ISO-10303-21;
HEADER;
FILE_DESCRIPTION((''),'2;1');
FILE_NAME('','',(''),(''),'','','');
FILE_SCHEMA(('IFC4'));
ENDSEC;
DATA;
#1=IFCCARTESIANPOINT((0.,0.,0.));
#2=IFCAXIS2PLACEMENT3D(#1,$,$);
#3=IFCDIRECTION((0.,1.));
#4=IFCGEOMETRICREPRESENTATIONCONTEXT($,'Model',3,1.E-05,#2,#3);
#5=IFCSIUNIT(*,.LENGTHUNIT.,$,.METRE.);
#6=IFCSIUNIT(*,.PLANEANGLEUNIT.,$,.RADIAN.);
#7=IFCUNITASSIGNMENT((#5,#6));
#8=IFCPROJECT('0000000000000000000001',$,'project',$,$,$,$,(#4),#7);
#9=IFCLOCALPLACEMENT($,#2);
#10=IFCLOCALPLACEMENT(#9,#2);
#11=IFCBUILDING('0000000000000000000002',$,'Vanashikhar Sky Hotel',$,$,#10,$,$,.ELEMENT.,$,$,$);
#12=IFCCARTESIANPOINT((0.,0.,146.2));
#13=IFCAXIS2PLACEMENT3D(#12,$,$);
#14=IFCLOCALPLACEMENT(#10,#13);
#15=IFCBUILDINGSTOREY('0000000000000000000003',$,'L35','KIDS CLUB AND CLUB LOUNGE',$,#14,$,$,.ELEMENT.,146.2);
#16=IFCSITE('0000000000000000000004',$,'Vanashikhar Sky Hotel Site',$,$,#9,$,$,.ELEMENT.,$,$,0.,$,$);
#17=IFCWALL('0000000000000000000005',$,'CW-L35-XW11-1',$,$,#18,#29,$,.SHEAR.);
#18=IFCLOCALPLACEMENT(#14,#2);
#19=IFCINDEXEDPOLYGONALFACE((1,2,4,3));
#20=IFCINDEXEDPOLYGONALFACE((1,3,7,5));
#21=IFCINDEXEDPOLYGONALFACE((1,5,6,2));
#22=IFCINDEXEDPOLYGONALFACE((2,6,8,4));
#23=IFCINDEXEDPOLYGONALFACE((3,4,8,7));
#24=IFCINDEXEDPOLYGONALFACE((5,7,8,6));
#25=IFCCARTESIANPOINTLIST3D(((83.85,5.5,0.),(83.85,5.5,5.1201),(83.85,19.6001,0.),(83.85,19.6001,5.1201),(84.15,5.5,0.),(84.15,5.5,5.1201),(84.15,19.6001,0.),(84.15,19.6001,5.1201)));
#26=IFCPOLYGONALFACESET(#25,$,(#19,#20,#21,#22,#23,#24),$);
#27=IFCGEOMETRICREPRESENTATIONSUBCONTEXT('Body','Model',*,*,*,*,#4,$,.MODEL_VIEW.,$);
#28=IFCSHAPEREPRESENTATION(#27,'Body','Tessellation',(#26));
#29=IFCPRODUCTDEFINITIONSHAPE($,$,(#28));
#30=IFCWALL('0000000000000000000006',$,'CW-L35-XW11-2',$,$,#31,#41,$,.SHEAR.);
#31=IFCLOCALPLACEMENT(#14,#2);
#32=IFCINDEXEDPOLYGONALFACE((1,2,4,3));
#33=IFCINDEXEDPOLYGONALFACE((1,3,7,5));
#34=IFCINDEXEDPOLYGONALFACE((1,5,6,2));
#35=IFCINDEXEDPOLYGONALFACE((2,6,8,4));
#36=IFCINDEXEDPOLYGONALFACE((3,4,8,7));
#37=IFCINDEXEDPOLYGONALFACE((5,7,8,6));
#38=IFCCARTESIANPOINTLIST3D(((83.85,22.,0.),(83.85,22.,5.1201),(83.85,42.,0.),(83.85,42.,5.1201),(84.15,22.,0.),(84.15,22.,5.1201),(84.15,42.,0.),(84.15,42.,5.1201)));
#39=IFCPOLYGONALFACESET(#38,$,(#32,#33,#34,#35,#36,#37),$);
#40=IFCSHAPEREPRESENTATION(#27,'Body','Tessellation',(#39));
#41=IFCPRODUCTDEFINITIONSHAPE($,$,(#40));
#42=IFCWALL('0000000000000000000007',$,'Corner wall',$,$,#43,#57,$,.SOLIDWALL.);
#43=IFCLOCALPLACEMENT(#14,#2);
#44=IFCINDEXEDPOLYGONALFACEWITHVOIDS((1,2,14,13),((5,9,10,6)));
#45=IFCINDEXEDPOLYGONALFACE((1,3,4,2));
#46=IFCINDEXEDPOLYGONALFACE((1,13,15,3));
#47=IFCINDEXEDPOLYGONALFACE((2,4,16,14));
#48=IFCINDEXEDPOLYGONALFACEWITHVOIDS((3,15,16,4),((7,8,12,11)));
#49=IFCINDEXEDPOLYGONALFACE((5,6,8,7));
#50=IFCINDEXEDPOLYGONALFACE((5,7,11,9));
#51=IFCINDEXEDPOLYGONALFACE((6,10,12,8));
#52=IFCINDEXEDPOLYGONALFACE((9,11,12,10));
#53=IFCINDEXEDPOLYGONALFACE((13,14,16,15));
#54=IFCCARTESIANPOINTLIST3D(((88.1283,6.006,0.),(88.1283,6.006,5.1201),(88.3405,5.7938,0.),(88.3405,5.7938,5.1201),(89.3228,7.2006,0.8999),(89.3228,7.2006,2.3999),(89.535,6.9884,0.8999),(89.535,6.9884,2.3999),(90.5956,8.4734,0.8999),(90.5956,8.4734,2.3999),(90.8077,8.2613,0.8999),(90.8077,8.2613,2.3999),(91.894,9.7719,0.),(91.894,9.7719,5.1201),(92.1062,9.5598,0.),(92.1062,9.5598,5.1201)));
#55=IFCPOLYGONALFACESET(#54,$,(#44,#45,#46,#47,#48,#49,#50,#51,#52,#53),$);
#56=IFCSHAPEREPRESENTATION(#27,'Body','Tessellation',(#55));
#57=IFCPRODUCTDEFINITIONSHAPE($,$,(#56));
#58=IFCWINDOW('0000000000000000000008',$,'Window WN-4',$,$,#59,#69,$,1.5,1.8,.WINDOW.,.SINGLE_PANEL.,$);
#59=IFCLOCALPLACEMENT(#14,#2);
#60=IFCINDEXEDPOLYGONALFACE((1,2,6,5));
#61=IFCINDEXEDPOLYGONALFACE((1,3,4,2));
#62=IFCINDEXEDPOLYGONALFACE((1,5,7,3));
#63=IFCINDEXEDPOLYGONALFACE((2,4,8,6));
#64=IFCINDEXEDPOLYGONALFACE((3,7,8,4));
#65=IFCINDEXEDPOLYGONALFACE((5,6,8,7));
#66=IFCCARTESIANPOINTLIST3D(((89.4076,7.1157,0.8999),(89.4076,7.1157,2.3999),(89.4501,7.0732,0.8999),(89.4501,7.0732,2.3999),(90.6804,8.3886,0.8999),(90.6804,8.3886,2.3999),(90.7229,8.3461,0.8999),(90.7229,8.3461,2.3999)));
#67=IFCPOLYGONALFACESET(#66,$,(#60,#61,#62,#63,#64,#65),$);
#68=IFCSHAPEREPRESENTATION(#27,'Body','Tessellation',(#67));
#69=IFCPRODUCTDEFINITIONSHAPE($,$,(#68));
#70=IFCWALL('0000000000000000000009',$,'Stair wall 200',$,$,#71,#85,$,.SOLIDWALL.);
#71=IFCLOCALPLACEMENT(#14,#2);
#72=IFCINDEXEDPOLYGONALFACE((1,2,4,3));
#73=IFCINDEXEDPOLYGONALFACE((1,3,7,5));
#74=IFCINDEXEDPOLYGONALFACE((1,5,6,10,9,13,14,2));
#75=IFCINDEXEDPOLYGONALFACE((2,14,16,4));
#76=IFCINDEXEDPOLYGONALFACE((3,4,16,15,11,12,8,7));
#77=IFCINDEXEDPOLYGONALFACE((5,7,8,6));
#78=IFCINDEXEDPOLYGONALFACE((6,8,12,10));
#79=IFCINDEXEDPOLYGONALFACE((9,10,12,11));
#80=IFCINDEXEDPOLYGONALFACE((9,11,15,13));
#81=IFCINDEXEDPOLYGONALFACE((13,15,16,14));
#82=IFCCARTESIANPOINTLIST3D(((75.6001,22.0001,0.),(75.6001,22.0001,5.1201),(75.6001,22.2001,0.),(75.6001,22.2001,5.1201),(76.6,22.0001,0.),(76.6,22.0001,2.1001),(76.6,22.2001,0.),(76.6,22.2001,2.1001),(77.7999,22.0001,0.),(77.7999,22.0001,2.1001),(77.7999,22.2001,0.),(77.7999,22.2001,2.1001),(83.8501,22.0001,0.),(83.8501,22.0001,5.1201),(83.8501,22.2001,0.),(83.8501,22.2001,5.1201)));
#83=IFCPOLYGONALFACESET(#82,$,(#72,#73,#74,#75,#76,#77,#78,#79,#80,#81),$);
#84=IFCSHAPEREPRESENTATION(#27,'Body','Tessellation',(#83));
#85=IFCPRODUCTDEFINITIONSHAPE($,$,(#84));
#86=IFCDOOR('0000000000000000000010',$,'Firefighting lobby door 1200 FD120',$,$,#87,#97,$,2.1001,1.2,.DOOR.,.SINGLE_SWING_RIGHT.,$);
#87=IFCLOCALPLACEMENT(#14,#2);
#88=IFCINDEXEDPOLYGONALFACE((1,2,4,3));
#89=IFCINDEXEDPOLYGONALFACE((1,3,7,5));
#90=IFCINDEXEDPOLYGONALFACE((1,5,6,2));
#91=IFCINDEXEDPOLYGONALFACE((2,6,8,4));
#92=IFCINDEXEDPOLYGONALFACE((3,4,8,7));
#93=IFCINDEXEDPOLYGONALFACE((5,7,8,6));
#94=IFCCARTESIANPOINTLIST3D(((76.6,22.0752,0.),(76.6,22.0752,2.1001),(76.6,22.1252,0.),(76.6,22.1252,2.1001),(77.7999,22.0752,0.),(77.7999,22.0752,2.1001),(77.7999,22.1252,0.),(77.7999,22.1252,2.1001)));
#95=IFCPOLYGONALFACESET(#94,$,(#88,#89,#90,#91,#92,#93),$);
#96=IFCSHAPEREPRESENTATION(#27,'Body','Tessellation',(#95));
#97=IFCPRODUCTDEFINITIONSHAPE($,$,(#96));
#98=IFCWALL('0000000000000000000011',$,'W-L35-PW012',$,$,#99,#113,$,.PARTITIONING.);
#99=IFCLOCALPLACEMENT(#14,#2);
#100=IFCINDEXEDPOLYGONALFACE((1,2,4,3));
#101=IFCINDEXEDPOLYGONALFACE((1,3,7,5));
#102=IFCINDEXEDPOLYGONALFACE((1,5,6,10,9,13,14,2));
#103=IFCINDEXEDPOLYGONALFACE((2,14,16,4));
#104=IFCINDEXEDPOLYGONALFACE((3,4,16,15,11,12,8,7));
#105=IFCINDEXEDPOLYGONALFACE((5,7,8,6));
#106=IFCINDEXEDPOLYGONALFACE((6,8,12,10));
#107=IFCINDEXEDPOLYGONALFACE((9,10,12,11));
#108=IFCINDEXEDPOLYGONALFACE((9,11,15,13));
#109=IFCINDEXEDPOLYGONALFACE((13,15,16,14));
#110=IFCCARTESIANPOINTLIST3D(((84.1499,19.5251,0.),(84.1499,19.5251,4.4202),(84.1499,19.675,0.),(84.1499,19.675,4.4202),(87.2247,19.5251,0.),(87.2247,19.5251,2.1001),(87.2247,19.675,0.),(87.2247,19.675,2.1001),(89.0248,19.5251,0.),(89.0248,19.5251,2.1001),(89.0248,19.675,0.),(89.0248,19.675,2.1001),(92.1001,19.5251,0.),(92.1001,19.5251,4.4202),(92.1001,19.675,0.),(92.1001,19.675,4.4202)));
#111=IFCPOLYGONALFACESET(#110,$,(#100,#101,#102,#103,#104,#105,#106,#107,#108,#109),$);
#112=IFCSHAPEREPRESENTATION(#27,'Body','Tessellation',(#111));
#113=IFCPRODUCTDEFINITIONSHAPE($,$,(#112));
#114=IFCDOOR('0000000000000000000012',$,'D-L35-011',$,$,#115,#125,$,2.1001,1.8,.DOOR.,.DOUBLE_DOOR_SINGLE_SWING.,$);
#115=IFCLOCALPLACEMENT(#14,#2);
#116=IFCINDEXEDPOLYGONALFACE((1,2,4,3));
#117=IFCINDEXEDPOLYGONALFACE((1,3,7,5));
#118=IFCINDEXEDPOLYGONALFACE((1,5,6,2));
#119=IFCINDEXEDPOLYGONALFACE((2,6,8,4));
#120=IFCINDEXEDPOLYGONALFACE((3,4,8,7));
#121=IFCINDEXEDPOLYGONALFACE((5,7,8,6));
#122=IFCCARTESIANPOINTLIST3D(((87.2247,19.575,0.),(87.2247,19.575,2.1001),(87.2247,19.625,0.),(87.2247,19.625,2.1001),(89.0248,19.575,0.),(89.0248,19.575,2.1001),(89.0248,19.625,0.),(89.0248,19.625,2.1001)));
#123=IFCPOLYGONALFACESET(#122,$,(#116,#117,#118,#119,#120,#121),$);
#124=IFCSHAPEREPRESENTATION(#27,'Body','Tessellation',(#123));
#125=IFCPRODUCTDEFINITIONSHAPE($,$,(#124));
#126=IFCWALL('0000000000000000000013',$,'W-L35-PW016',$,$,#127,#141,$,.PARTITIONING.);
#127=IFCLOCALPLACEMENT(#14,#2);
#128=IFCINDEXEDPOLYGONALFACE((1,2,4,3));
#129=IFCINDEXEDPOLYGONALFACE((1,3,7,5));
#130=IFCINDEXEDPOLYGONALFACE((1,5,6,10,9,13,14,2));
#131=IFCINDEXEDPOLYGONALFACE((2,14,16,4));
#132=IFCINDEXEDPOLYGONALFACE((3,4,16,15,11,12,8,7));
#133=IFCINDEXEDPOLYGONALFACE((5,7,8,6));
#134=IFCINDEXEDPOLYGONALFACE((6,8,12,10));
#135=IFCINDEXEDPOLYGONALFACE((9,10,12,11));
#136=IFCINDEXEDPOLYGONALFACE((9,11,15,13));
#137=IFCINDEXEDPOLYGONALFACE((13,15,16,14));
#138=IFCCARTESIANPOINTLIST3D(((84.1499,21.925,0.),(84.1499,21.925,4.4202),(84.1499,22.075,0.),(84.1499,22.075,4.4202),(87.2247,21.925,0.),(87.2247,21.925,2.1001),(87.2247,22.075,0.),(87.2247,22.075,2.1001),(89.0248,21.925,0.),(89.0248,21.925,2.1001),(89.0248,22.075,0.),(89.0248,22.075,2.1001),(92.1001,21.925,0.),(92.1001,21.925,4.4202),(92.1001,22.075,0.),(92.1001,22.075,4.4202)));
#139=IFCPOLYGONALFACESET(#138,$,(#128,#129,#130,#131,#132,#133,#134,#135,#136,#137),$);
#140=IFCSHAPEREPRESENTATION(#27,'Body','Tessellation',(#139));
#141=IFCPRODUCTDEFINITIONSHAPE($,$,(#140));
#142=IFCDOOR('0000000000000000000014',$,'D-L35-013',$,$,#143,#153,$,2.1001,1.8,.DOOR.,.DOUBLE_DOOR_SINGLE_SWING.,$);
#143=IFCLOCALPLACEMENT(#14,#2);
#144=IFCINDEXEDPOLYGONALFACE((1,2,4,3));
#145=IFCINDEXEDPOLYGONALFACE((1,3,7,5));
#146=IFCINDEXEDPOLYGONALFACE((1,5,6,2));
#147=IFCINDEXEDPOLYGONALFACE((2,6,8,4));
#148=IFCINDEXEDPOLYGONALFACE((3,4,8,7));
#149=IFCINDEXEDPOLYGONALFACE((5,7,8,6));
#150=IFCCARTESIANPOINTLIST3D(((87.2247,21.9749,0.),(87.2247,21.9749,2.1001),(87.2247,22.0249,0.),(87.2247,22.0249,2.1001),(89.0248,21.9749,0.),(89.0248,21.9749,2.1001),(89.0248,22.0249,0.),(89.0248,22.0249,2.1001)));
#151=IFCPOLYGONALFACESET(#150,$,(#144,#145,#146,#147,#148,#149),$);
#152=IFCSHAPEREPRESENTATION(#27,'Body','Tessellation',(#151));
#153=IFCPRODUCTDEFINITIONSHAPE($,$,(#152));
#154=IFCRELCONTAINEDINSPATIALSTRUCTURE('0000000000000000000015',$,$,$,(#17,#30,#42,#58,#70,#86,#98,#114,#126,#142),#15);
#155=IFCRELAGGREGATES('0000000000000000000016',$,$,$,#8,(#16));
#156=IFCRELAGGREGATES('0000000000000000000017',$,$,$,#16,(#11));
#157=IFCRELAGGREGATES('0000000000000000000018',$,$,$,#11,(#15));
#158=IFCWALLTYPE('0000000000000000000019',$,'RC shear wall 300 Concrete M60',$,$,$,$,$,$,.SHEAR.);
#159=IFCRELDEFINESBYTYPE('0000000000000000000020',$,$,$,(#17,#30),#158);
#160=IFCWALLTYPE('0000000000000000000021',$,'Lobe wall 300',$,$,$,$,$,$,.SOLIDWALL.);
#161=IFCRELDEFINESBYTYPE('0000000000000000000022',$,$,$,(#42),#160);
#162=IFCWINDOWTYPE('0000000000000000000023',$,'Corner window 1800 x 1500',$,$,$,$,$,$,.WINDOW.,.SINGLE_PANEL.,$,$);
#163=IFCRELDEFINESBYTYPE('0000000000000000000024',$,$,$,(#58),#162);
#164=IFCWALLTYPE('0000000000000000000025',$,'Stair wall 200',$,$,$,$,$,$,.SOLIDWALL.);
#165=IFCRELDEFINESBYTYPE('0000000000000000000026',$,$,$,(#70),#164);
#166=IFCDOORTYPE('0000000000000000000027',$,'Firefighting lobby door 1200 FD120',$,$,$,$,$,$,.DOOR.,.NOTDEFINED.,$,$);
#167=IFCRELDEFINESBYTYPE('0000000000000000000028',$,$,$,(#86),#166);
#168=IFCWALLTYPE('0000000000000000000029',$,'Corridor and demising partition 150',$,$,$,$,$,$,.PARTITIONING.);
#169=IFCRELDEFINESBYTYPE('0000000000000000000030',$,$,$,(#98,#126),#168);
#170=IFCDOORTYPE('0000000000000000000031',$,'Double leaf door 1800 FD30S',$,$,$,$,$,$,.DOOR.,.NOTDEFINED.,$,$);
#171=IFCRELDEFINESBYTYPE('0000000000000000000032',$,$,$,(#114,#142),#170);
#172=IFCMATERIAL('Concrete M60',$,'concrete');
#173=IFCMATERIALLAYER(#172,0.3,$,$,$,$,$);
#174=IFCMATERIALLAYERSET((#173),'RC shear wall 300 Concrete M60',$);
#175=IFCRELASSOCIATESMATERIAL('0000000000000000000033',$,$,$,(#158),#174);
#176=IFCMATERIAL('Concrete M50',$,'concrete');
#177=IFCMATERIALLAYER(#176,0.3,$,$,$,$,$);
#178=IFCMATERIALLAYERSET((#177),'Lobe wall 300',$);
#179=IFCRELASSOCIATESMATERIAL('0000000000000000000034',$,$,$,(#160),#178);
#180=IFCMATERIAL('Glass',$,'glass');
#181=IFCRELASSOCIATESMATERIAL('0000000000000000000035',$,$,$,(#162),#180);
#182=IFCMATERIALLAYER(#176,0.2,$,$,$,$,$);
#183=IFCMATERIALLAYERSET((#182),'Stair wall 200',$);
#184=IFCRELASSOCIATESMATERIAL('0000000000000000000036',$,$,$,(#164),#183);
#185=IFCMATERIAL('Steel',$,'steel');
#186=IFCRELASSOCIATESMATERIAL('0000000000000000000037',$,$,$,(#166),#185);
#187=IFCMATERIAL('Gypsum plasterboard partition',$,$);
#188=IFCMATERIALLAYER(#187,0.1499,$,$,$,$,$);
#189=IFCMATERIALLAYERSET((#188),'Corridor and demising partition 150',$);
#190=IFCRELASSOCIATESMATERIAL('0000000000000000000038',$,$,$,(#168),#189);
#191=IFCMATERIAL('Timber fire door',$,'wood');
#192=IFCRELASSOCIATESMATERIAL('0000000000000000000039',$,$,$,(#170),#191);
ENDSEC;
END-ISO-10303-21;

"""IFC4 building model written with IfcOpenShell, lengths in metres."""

from ifc_helpers import new_model, si_unit, direction, frame, frame_2d, origin, place, context, subcontext, project, spatial, rectangle, extrude, source, transform, mapped, material, layer, layer_set, type_object, element, fill, save


model = new_model("IFC4")

# Units and contexts
model_context = context("Model", 3, precision=1e-05, world=origin(), true_north=direction((0.0, 1.0)))
body_context = subcontext(model_context, "Body", "Model", "MODEL_VIEW")
ifc_project = project(units=[si_unit("LENGTHUNIT", "METRE"), si_unit("PLANEANGLEUNIT", "RADIAN")], contexts=[model_context])

# Site, building, storey
site_placement = place(None, origin())
site = spatial("IfcSite", under=ifc_project, at=site_placement, Name="Vanashikhar Sky Hotel Site", CompositionType="ELEMENT", RefElevation=0.0)
building_placement = place(site_placement, origin())
building = spatial("IfcBuilding", under=site, at=building_placement, Name="Vanashikhar Sky Hotel", CompositionType="ELEMENT")
storey_placement = place(building_placement, frame((0.0, 0.0, 146.2)))
storey = spatial("IfcBuildingStorey", under=building, at=storey_placement, Name="L35", Description="KIDS CLUB AND CLUB LOUNGE", CompositionType="ELEMENT", Elevation=146.2)

# Shared definitions
ifc_material_1 = material(Name="Concrete M50", Category="concrete")

# Shared definitions
ifc_material_2 = material(Name="Glass", Category="glass")

# Shared definitions
ifc_material_3 = material(Name="Concrete M60", Category="concrete")
ifc_layer_1 = layer(ifc_material_3, 0.3)
ifc_layer_set_1 = layer_set([ifc_layer_1], Name="RC shear wall 300 Concrete M60")
wall_type_1 = type_object("IfcWallType", Name="RC shear wall 300 Concrete M60", PredefinedType="SHEAR", material=ifc_layer_set_1)

# Walls
shared_shape_1 = source(origin(), body_context, "Body", "SweptSolid", [
    extrude(rectangle(XDim=14.1001, YDim=0.3, at=frame_2d((7.05, 0.0))), origin(), (0.0, 0.0, 1.0), 5.1201),
])
wall_1_placement = place(storey_placement, frame((84.0, 5.5, 0.0), z_axis=(0.0, 0.0, 1.0), x_axis=(0.0, 1.0, 0.0)))
element("IfcWall", 1, at=wall_1_placement, inside=storey, type_object=wall_type_1, Name="CW-L35-XW11-1", PredefinedType="SHEAR", context=body_context, shape_type="MappedRepresentation", body=[
    mapped(shared_shape_1, transform((0.0, 0.0, 0.0), scale=1.0)),
])
shared_shape_2 = source(origin(), body_context, "Body", "SweptSolid", [
    extrude(rectangle(XDim=20.0, YDim=0.3, at=frame_2d((10.0, 0.0))), origin(), (0.0, 0.0, 1.0), 5.1201),
])
wall_2_placement = place(storey_placement, frame((84.0, 22.0, 0.0), z_axis=(0.0, 0.0, 1.0), x_axis=(0.0, 1.0, 0.0)))
element("IfcWall", 2, at=wall_2_placement, inside=storey, type_object=wall_type_1, Name="CW-L35-XW11-2", PredefinedType="SHEAR", context=body_context, shape_type="MappedRepresentation", body=[
    mapped(shared_shape_2, transform((0.0, 0.0, 0.0), scale=1.0)),
])

# Wall, opening, window
ifc_layer_2 = layer(ifc_material_1, 0.3)
ifc_layer_set_2 = layer_set([ifc_layer_2], Name="Lobe wall 300")
wall_type_2 = type_object("IfcWallType", Name="Lobe wall 300", PredefinedType="SOLIDWALL", material=ifc_layer_set_2)
shared_shape_3 = source(origin(), body_context, "Body", "SweptSolid", [
    extrude(rectangle(XDim=5.3257, YDim=0.3, at=frame_2d((2.6628, 0.0))), origin(), (0.0, 0.0, 1.0), 5.1201),
])
wall_3_placement = place(storey_placement, frame((88.2344, 5.8999, 0.0), z_axis=(0.0, 0.0, 1.0), x_axis=(0.707084, 0.70713, 0.0)))
wall_3 = element("IfcWall", 3, at=wall_3_placement, inside=storey, type_object=wall_type_2, Name="Corner wall", PredefinedType="SOLIDWALL", context=body_context, shape_type="MappedRepresentation", body=[
    mapped(shared_shape_3, transform((0.0, 0.0, 0.0), scale=1.0)),
])
shared_shape_4 = source(origin(), body_context, "Body", "SweptSolid", [
    extrude(rectangle(XDim=1.8, YDim=1.5, at=frame_2d((0.8999, 0.75))), frame((0.0, 0.1602, 0.0), z_axis=(0.0, -1.0, 0.0), x_axis=(1.0, 0.0, 0.0)), (0.0, 0.0, 1.0), 0.3201),
])
opening_1_placement = place(wall_3_placement, frame((1.6895, 0.0, 0.8999)))
opening_1 = element("IfcOpeningElement", 4, at=opening_1_placement, cuts=wall_3, PredefinedType="OPENING", context=body_context, shape_type="MappedRepresentation", body=[
    mapped(shared_shape_4, transform((0.0, 0.0, 0.0), scale=1.0)),
])
window_type = type_object("IfcWindowType", Name="Corner window 1800 x 1500", PartitioningType="SINGLE_PANEL", PredefinedType="WINDOW", material=ifc_material_2)
shared_shape_5 = source(origin(), body_context, "Body", "SweptSolid", [
    extrude(rectangle(XDim=1.8, YDim=1.5, at=frame_2d((0.8999, 0.75))), frame((0.0, 0.03, 0.0), z_axis=(0.0, -1.0, 0.0), x_axis=(1.0, 0.0, 0.0)), (0.0, 0.0, 1.0), 0.0601),
])
window_placement = place(opening_1_placement, origin())
window = element("IfcWindow", 5, at=window_placement, inside=storey, type_object=window_type, Name="Window WN-4", OverallHeight=1.5, OverallWidth=1.8, PartitioningType="SINGLE_PANEL", PredefinedType="WINDOW", context=body_context, shape_type="MappedRepresentation", body=[
    mapped(shared_shape_5, transform((0.0, 0.0, 0.0), scale=1.0)),
])
fill(opening_1, window)

# Walls, openings, doors
ifc_layer_3 = layer(ifc_material_1, 0.2)
ifc_layer_set_3 = layer_set([ifc_layer_3], Name="Stair wall 200")
wall_type_3 = type_object("IfcWallType", Name="Stair wall 200", PredefinedType="SOLIDWALL", material=ifc_layer_set_3)
shared_shape_6 = source(origin(), body_context, "Body", "SweptSolid", [
    extrude(rectangle(XDim=8.25, YDim=0.2, at=frame_2d((4.125, 0.0))), origin(), (0.0, 0.0, 1.0), 5.1201),
])
wall_4_placement = place(storey_placement, frame((83.8501, 22.1001, 0.0), z_axis=(0.0, 0.0, 1.0), x_axis=(-1.0, 0.0, 0.0)))
wall_4 = element("IfcWall", 6, at=wall_4_placement, inside=storey, type_object=wall_type_3, Name="Stair wall 200", PredefinedType="SOLIDWALL", context=body_context, shape_type="MappedRepresentation", body=[
    mapped(shared_shape_6, transform((0.0, 0.0, 0.0), scale=1.0)),
])
shared_shape_7 = source(origin(), body_context, "Body", "SweptSolid", [
    extrude(rectangle(XDim=1.2, YDim=2.1001, at=frame_2d((0.6001, 1.05))), frame((0.0, 0.1099, 0.0), z_axis=(0.0, -1.0, 0.0), x_axis=(1.0, 0.0, 0.0)), (0.0, 0.0, 1.0), 0.22),
])
opening_2_placement = place(wall_4_placement, frame((6.05, 0.0, 0.0)))
opening_2 = element("IfcOpeningElement", 7, at=opening_2_placement, cuts=wall_4, PredefinedType="OPENING", context=body_context, shape_type="MappedRepresentation", body=[
    mapped(shared_shape_7, transform((0.0, 0.0, 0.0), scale=1.0)),
])
ifc_material_4 = material(Name="Steel", Category="steel")
door_type_1 = type_object("IfcDoorType", Name="Firefighting lobby door 1200 FD120", OperationType="NOTDEFINED", PredefinedType="DOOR", material=ifc_material_4)
shared_shape_8 = source(origin(), body_context, "Body", "SweptSolid", [
    extrude(rectangle(XDim=1.2, YDim=2.1001, at=frame_2d((0.6001, 1.05))), frame((0.0, 0.0249, 0.0), z_axis=(0.0, -1.0, 0.0), x_axis=(1.0, 0.0, 0.0)), (0.0, 0.0, 1.0), 0.05),
])
door_1_placement = place(opening_2_placement, origin())
door_1 = element("IfcDoor", 8, at=door_1_placement, inside=storey, type_object=door_type_1, Name="Firefighting lobby door 1200 FD120", OperationType="SINGLE_SWING_RIGHT", OverallHeight=2.1001, OverallWidth=1.2, PredefinedType="DOOR", context=body_context, shape_type="MappedRepresentation", body=[
    mapped(shared_shape_8, transform((0.0, 0.0, 0.0), scale=1.0)),
])
fill(opening_2, door_1)
ifc_material_5 = material(Name="Gypsum plasterboard partition")
ifc_layer_4 = layer(ifc_material_5, 0.1499)
ifc_layer_set_4 = layer_set([ifc_layer_4], Name="Corridor and demising partition 150")
wall_type_4 = type_object("IfcWallType", Name="Corridor and demising partition 150", PredefinedType="PARTITIONING", material=ifc_layer_set_4)
shared_shape_9 = source(origin(), body_context, "Body", "SweptSolid", [
    extrude(rectangle(XDim=7.9502, YDim=0.1499, at=frame_2d((3.9751, 0.0))), origin(), (0.0, 0.0, 1.0), 4.4202),
])
wall_5_placement = place(storey_placement, frame((84.1499, 19.6001, 0.0), z_axis=(0.0, 0.0, 1.0), x_axis=(1.0, 0.0, 0.0)))
wall_5 = element("IfcWall", 9, at=wall_5_placement, inside=storey, type_object=wall_type_4, Name="W-L35-PW012", PredefinedType="PARTITIONING", context=body_context, shape_type="MappedRepresentation", body=[
    mapped(shared_shape_9, transform((0.0, 0.0, 0.0), scale=1.0)),
])
shared_shape_10 = source(origin(), body_context, "Body", "SweptSolid", [
    extrude(rectangle(XDim=1.8, YDim=2.1001, at=frame_2d((0.8999, 1.05))), frame((0.0, 0.085, 0.0), z_axis=(0.0, -1.0, 0.0), x_axis=(1.0, 0.0, 0.0)), (0.0, 0.0, 1.0), 0.1699),
])
opening_3_placement = place(wall_5_placement, frame((3.075, 0.0, 0.0)))
opening_3 = element("IfcOpeningElement", 10, at=opening_3_placement, cuts=wall_5, PredefinedType="OPENING", context=body_context, shape_type="MappedRepresentation", body=[
    mapped(shared_shape_10, transform((0.0, 0.0, 0.0), scale=1.0)),
])
ifc_material_6 = material(Name="Timber fire door", Category="wood")
door_type_2 = type_object("IfcDoorType", Name="Double leaf door 1800 FD30S", OperationType="NOTDEFINED", PredefinedType="DOOR", material=ifc_material_6)
shared_shape_11 = source(origin(), body_context, "Body", "SweptSolid", [
    extrude(rectangle(XDim=1.8, YDim=2.1001, at=frame_2d((0.8999, 1.05))), frame((0.0, 0.0249, 0.0), z_axis=(0.0, -1.0, 0.0), x_axis=(1.0, 0.0, 0.0)), (0.0, 0.0, 1.0), 0.05),
])
door_2_placement = place(opening_3_placement, origin())
door_2 = element("IfcDoor", 11, at=door_2_placement, inside=storey, type_object=door_type_2, Name="D-L35-011", OperationType="DOUBLE_DOOR_SINGLE_SWING", OverallHeight=2.1001, OverallWidth=1.8, PredefinedType="DOOR", context=body_context, shape_type="MappedRepresentation", body=[
    mapped(shared_shape_11, transform((0.0, 0.0, 0.0), scale=1.0)),
])
fill(opening_3, door_2)
wall_6_placement = place(storey_placement, frame((84.1499, 22.0, 0.0), z_axis=(0.0, 0.0, 1.0), x_axis=(1.0, 0.0, 0.0)))
wall_6 = element("IfcWall", 12, at=wall_6_placement, inside=storey, type_object=wall_type_4, Name="W-L35-PW016", PredefinedType="PARTITIONING", context=body_context, shape_type="MappedRepresentation", body=[
    mapped(shared_shape_9, transform((0.0, 0.0, 0.0), scale=1.0)),
])
opening_4_placement = place(wall_6_placement, frame((3.075, 0.0, 0.0)))
opening_4 = element("IfcOpeningElement", 13, at=opening_4_placement, cuts=wall_6, PredefinedType="OPENING", context=body_context, shape_type="MappedRepresentation", body=[
    mapped(shared_shape_10, transform((0.0, 0.0, 0.0), scale=1.0)),
])
door_3_placement = place(opening_4_placement, origin())
door_3 = element("IfcDoor", 14, at=door_3_placement, inside=storey, type_object=door_type_2, Name="D-L35-013", OperationType="DOUBLE_DOOR_SINGLE_SWING", OverallHeight=2.1001, OverallWidth=1.8, PredefinedType="DOOR", context=body_context, shape_type="MappedRepresentation", body=[
    mapped(shared_shape_11, transform((0.0, 0.0, 0.0), scale=1.0)),
])
fill(opening_4, door_3)

save(model, "model.ifc")
